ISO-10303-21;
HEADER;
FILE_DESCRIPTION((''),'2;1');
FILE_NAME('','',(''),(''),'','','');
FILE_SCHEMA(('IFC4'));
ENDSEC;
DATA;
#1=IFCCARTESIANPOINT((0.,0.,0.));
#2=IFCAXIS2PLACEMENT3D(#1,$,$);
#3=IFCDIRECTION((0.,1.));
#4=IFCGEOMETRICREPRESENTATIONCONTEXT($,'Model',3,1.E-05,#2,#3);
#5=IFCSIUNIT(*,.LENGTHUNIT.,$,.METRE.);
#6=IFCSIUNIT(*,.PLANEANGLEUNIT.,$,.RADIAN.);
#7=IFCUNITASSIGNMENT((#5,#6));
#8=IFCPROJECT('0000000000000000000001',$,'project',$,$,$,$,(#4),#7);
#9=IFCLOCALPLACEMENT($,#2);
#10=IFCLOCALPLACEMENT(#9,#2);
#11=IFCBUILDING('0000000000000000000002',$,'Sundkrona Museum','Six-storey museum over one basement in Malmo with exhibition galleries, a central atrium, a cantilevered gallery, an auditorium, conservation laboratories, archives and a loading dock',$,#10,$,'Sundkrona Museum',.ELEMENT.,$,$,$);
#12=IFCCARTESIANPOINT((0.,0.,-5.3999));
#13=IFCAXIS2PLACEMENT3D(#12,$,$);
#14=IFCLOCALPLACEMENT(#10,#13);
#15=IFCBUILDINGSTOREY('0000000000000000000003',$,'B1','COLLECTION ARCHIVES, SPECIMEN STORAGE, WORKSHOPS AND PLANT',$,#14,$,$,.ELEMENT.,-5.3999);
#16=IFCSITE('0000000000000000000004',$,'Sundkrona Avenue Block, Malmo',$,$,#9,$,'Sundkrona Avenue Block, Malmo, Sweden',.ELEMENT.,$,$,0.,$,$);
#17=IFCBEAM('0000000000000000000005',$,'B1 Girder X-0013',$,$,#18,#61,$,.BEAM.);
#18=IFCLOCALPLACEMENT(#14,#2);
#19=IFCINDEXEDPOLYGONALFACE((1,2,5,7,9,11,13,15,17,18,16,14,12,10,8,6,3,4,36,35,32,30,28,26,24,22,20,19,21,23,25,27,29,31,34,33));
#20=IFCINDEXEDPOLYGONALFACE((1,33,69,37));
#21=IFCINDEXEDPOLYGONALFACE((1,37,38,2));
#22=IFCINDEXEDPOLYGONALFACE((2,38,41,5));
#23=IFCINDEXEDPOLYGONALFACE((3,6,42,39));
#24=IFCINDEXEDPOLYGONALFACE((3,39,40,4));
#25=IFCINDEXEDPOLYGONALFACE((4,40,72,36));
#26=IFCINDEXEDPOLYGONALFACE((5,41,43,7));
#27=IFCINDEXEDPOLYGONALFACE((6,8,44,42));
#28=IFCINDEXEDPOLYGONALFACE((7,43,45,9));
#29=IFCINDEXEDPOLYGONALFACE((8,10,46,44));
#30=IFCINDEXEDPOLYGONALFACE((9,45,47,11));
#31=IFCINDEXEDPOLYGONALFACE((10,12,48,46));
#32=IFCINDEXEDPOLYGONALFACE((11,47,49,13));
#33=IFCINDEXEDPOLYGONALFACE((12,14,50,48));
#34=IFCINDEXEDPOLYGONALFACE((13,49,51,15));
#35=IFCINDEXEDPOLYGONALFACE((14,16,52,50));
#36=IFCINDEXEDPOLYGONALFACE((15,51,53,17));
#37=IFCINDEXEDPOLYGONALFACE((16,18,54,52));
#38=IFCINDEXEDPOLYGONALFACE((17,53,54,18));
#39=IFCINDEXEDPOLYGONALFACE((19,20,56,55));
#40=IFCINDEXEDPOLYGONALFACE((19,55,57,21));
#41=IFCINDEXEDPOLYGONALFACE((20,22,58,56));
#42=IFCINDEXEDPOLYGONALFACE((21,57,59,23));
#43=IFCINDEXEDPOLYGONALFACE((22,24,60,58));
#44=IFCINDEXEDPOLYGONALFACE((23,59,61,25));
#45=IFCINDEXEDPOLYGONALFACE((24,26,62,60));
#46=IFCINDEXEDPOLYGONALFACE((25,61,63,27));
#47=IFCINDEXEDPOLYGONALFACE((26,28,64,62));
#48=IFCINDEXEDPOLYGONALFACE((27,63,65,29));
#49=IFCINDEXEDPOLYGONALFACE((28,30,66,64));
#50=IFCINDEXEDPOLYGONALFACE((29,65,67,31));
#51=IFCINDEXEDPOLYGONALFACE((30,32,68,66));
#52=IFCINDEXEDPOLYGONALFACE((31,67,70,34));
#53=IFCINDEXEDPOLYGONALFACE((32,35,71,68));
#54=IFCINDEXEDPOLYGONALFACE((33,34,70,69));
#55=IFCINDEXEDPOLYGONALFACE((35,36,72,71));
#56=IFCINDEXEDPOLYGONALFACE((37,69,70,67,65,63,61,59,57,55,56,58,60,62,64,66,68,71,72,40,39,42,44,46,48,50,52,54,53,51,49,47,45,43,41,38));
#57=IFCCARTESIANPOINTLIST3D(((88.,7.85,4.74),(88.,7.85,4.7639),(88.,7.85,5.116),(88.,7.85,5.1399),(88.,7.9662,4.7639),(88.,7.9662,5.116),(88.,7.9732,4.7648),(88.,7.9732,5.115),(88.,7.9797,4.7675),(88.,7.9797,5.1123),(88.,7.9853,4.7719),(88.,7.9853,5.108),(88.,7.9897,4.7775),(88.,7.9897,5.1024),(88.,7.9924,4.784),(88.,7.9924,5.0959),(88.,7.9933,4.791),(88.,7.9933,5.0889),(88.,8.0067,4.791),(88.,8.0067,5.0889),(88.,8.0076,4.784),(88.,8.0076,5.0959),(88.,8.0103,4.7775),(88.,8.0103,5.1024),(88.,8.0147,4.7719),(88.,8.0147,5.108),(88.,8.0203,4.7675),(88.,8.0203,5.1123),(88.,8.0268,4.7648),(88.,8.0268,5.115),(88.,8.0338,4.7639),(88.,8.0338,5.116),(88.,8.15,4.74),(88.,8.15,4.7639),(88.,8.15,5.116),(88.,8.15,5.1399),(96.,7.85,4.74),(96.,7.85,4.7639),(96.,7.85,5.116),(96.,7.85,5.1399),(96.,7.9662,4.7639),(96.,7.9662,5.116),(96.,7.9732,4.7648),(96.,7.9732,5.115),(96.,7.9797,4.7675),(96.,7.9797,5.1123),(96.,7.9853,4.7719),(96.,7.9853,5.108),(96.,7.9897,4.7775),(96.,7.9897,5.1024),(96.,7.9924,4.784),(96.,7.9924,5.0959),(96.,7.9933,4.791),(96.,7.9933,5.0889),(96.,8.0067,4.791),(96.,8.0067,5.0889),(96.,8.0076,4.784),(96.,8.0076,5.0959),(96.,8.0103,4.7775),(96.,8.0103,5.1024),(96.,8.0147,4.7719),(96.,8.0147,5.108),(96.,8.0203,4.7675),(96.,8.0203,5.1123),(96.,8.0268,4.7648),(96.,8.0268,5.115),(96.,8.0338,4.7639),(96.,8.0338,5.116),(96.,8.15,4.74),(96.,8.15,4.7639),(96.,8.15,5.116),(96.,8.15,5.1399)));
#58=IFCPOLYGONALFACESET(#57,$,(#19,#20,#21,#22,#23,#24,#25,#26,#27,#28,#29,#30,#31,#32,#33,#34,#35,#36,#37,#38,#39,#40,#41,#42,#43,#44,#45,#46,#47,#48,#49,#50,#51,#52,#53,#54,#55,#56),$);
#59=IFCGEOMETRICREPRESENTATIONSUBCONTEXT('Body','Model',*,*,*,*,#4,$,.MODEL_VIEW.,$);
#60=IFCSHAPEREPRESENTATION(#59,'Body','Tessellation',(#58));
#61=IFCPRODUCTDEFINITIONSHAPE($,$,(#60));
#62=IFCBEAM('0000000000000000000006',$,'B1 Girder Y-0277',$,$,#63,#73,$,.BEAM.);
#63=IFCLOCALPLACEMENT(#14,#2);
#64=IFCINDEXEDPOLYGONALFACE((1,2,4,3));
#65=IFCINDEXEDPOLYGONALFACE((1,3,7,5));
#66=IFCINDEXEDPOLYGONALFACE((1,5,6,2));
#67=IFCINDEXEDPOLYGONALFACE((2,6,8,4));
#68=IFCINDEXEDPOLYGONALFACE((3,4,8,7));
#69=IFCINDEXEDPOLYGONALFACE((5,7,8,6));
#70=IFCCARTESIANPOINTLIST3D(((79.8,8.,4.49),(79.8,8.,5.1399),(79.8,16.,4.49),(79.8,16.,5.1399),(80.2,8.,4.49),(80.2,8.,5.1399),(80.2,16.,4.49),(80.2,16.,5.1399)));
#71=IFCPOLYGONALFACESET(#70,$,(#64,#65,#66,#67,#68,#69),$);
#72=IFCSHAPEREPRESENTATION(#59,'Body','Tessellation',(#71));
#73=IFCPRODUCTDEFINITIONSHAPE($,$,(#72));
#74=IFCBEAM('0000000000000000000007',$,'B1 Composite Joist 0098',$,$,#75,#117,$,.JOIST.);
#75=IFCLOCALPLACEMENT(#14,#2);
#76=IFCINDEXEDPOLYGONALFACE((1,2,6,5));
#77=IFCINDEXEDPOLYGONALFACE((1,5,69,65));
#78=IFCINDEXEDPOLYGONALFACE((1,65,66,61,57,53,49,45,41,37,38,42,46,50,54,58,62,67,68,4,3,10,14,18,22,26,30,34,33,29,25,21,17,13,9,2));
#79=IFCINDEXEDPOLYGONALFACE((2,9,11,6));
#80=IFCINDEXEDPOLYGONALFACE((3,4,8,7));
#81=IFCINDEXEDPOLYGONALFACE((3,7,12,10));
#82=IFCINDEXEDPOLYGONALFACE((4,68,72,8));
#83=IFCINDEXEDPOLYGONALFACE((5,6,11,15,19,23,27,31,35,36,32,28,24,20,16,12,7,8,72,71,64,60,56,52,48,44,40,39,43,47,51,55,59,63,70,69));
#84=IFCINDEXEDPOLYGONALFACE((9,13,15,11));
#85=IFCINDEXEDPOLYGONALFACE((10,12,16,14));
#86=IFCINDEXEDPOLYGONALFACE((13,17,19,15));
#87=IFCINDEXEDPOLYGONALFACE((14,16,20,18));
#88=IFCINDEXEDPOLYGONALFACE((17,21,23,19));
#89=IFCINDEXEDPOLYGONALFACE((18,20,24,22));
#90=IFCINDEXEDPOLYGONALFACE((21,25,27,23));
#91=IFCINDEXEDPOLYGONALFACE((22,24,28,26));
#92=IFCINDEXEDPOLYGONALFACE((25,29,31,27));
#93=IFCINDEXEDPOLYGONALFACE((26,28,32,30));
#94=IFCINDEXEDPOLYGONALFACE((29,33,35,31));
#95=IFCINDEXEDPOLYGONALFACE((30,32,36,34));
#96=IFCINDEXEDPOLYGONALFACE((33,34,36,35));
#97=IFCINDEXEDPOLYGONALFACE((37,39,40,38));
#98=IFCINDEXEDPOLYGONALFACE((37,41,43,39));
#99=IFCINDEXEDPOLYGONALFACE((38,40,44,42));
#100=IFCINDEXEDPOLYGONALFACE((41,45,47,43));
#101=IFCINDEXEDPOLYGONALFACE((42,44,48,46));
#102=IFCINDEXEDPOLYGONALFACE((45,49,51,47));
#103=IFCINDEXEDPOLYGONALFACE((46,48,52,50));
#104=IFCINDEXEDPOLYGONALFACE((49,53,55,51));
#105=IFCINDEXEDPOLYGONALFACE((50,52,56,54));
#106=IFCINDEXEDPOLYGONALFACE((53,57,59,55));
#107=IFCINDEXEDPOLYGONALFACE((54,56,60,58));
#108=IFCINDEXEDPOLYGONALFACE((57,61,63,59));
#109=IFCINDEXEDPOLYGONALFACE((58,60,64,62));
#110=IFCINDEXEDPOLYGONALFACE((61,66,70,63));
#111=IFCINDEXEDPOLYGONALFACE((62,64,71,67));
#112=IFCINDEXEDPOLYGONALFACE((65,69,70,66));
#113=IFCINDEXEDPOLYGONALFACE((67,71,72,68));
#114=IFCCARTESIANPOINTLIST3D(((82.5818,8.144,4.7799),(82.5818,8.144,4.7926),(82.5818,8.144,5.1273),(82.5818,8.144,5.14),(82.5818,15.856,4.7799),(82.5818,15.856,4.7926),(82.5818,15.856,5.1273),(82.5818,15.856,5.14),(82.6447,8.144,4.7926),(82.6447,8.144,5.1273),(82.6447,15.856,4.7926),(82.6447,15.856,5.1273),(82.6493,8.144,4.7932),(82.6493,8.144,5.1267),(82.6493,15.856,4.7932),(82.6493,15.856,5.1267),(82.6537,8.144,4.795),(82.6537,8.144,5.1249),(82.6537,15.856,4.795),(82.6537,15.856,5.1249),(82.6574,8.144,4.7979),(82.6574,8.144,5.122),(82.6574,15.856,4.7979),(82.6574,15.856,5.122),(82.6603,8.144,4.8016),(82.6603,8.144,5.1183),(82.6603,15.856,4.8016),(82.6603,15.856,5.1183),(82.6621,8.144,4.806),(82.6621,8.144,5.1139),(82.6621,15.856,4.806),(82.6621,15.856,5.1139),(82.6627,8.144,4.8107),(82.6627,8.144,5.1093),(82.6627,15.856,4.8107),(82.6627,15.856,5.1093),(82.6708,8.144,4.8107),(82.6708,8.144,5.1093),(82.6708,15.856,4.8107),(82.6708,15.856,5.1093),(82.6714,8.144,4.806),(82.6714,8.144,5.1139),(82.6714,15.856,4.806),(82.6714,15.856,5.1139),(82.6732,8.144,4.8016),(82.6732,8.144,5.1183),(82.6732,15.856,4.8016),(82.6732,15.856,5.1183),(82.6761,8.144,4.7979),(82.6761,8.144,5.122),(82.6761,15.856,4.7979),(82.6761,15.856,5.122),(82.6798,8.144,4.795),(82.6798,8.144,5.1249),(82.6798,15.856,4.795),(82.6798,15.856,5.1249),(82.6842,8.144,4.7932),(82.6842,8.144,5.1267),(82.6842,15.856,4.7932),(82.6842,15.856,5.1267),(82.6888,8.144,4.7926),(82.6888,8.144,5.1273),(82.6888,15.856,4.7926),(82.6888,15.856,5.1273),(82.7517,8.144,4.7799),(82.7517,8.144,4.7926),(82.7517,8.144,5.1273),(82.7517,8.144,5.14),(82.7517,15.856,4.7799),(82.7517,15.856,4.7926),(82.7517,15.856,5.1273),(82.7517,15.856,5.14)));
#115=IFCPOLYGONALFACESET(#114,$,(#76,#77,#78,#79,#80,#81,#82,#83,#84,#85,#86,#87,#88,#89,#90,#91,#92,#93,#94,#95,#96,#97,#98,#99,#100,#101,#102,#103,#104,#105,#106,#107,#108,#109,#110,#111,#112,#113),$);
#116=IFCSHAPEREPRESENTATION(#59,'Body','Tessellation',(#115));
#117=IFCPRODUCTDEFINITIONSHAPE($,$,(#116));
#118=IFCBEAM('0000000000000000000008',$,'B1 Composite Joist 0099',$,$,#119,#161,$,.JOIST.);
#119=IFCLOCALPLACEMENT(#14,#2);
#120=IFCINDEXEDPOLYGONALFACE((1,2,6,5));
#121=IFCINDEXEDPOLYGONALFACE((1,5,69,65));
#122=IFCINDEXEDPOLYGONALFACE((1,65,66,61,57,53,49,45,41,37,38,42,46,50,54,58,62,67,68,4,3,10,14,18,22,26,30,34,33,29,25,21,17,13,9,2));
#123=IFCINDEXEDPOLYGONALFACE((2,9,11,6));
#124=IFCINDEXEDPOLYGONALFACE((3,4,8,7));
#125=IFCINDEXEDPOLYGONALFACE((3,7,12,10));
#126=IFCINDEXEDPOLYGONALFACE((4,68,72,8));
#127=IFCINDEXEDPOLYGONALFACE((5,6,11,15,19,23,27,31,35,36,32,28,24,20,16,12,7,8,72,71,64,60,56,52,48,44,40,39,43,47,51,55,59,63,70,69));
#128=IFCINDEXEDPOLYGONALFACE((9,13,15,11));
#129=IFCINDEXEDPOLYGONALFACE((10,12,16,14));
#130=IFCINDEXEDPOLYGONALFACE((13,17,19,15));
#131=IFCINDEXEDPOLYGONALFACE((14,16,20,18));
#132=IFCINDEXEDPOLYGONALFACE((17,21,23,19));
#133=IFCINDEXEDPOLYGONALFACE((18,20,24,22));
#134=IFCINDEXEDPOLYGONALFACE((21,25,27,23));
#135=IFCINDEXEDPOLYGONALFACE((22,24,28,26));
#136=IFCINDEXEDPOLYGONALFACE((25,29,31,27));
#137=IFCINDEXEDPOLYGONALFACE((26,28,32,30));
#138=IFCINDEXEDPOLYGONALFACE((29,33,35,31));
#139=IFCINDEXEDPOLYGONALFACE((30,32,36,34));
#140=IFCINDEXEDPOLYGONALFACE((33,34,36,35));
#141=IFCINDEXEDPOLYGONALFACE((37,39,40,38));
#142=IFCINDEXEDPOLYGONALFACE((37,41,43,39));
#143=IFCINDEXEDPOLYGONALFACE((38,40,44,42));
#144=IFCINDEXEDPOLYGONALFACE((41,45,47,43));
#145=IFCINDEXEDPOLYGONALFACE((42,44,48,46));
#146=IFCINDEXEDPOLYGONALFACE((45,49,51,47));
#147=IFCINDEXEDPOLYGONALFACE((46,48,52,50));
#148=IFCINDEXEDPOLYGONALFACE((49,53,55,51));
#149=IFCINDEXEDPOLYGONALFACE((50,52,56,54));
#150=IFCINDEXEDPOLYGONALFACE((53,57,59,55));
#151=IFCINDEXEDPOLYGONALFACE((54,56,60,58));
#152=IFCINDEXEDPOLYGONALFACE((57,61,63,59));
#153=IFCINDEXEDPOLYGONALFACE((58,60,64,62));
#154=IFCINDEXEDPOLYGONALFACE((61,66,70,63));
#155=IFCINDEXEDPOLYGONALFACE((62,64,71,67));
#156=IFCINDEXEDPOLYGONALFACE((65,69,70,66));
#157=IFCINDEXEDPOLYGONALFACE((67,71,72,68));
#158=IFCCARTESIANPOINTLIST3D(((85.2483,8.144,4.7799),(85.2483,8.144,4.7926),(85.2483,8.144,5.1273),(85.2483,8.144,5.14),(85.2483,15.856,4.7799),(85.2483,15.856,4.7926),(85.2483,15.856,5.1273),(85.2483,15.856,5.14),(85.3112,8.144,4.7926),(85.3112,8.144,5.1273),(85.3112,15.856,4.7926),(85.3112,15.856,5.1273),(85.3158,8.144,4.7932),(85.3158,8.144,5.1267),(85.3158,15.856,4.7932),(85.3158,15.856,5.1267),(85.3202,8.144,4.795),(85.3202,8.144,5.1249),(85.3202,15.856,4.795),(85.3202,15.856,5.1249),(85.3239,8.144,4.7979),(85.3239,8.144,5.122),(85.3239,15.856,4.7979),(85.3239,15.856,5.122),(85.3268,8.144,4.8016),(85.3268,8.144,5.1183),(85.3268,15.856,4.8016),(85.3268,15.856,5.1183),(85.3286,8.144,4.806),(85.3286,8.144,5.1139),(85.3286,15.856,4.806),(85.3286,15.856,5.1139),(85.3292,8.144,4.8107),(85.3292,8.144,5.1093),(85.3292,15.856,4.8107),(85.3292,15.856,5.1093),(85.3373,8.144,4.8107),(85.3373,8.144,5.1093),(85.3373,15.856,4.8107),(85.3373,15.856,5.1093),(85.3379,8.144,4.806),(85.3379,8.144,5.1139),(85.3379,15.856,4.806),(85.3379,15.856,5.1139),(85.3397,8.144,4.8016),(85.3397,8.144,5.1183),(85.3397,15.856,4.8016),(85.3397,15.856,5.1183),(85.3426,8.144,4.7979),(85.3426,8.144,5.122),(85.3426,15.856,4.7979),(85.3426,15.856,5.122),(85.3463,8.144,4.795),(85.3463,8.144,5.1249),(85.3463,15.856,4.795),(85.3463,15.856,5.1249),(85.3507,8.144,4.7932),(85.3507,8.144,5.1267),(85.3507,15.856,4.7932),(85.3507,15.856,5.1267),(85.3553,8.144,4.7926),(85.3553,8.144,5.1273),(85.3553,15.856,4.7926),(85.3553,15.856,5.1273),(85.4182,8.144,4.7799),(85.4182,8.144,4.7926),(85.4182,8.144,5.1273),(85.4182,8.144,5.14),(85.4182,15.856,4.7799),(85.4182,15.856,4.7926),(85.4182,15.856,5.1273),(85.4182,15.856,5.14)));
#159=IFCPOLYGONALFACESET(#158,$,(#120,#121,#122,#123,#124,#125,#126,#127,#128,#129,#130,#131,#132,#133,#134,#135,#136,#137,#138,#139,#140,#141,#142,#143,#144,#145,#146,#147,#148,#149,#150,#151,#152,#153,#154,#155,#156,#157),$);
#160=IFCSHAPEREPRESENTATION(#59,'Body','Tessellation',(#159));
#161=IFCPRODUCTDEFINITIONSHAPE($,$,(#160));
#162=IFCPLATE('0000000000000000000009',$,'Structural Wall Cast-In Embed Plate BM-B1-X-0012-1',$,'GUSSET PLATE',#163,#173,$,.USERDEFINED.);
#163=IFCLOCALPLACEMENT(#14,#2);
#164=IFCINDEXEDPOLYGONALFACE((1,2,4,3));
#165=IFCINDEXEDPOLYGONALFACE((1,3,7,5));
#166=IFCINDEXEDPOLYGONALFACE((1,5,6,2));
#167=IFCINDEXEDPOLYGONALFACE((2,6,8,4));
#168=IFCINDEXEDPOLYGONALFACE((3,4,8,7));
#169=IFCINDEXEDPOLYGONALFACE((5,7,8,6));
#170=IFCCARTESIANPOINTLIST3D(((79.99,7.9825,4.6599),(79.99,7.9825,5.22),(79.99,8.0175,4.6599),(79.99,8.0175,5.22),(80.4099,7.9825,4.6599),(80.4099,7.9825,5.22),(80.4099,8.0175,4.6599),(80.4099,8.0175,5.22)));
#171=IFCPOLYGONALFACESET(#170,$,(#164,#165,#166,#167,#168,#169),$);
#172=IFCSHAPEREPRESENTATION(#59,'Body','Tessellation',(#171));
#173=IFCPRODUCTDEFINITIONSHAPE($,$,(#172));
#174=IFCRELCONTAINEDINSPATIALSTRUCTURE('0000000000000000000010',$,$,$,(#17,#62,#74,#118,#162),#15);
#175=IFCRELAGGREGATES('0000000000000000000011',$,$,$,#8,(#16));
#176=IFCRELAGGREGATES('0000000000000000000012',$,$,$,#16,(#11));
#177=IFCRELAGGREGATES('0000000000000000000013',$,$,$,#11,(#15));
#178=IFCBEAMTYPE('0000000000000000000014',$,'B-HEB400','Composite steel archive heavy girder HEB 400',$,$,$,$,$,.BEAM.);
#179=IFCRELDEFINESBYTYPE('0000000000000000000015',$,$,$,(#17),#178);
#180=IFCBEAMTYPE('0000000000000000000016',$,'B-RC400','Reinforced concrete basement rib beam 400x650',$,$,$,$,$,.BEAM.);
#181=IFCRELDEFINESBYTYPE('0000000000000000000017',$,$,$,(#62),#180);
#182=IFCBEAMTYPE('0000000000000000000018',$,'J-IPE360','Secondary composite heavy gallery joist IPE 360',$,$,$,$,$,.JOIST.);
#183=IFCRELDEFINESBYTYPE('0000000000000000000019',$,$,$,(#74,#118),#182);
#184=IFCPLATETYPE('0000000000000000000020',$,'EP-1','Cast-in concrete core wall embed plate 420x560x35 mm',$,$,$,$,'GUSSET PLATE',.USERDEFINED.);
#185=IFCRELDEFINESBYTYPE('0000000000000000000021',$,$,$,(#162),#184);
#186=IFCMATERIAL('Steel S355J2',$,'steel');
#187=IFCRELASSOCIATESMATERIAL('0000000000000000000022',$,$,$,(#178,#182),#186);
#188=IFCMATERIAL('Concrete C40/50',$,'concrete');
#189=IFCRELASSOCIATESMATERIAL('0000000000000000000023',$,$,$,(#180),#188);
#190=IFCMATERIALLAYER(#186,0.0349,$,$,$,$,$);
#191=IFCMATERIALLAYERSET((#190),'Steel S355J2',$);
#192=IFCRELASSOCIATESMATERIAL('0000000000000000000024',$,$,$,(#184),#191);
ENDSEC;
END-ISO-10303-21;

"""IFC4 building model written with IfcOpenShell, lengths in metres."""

from ifc_helpers import new_model, si_unit, direction, frame, origin, origin_2d, place, context, subcontext, project, spatial, rectangle, i_section, extrude, material, layer, layer_set, material_profile, profile_set, type_object, element, save


model = new_model("IFC4")

# Units and contexts
model_context = context("Model", 3, precision=1e-05, world=origin(), true_north=direction((0.0, 1.0)))
body_context = subcontext(model_context, "Body", "Model", "MODEL_VIEW")
ifc_project = project(units=[si_unit("LENGTHUNIT", "METRE"), si_unit("PLANEANGLEUNIT", "RADIAN")], contexts=[model_context])

# Site, building, storey
site_placement = place(None, origin())
site = spatial("IfcSite", under=ifc_project, at=site_placement, Name="Sundkrona Avenue Block, Malmo", LongName="Sundkrona Avenue Block, Malmo, Sweden", CompositionType="ELEMENT", RefElevation=0.0)
building_placement = place(site_placement, origin())
building = spatial("IfcBuilding", under=site, at=building_placement, Name="Sundkrona Museum", Description="Six-storey museum over one basement in Malmo with exhibition galleries, a central atrium, a cantilevered gallery, an auditorium, conservation laboratories, archives and a loading dock", LongName="Sundkrona Museum", CompositionType="ELEMENT")
storey_placement = place(building_placement, frame((0.0, 0.0, -5.3999)))
storey = spatial("IfcBuildingStorey", under=building, at=storey_placement, Name="B1", Description="COLLECTION ARCHIVES, SPECIMEN STORAGE, WORKSHOPS AND PLANT", CompositionType="ELEMENT", Elevation=-5.3999)

# Shared definitions
ifc_material_1 = material(Name="Concrete C40/50", Category="concrete")

# Beams
ifc_material_2 = material(Name="Steel S355J2", Category="steel")
ifc_material_profile_1 = material_profile(ifc_material_2, i_section(OverallWidth=0.3, OverallDepth=0.3999, WebThickness=0.0134, FlangeThickness=0.0239, FilletRadius=0.0271, at=origin_2d()), Name="HEB 400")
ifc_profile_set_1 = profile_set([ifc_material_profile_1], Name="Steel S355J2")
beam_type_1 = type_object("IfcBeamType", Name="B-HEB400", Description="Composite steel archive heavy girder HEB 400", PredefinedType="BEAM", material=ifc_profile_set_1)
for number, where, z_axis, x_axis, name in (
    (1, (88.0, 8.0, 4.9399), (1.0, 0.0, 0.0), (0.0, 1.0, 0.0), "B1 Girder X-0013"),
):
    element("IfcBeam", number, at=place(storey_placement, frame(where, z_axis=z_axis, x_axis=x_axis)), inside=storey, type_object=beam_type_1, Name=name, PredefinedType="BEAM", context=body_context, shape_type="SweptSolid", body=[
        extrude(i_section(OverallWidth=0.3, OverallDepth=0.3999, WebThickness=0.0134, FlangeThickness=0.0239, FilletRadius=0.0271, at=origin_2d()), origin(), (0.0, 0.0, 1.0), 8.0),
    ])
ifc_material_profile_2 = material_profile(ifc_material_1, rectangle(XDim=0.3999, YDim=0.6499, at=origin_2d()), Name="RCB 400x650")
ifc_profile_set_2 = profile_set([ifc_material_profile_2], Name="Concrete C40/50")
beam_type_2 = type_object("IfcBeamType", Name="B-RC400", Description="Reinforced concrete basement rib beam 400x650", PredefinedType="BEAM", material=ifc_profile_set_2)
beam_placement = place(storey_placement, frame((80.0, 8.0, 4.8149), z_axis=(0.0, 1.0, 0.0), x_axis=(-1.0, 0.0, 0.0)))
element("IfcBeam", 2, at=beam_placement, inside=storey, type_object=beam_type_2, Name="B1 Girder Y-0277", PredefinedType="BEAM", context=body_context, shape_type="SweptSolid", body=[
    extrude(rectangle(XDim=0.3999, YDim=0.6499, at=origin_2d()), origin(), (0.0, 0.0, 1.0), 8.0),
])
ifc_material_profile_3 = material_profile(ifc_material_2, i_section(OverallWidth=0.1699, OverallDepth=0.3601, WebThickness=0.0081, FlangeThickness=0.0127, FilletRadius=0.0181, at=origin_2d()), Name="IPE 360")
ifc_profile_set_3 = profile_set([ifc_material_profile_3], Name="Steel S355J2")
beam_type_3 = type_object("IfcBeamType", Name="J-IPE360", Description="Secondary composite heavy gallery joist IPE 360", PredefinedType="JOIST", material=ifc_profile_set_3)
for number, where, z_axis, x_axis, name in (
    (3, (82.6667, 8.144, 4.96), (0.0, 1.0, 0.0), (-1.0, 0.0, 0.0), "B1 Composite Joist 0098"),
    (4, (85.3333, 8.144, 4.96), (0.0, 1.0, 0.0), (-1.0, 0.0, 0.0), "B1 Composite Joist 0099"),
):
    element("IfcBeam", number, at=place(storey_placement, frame(where, z_axis=z_axis, x_axis=x_axis)), inside=storey, type_object=beam_type_3, Name=name, PredefinedType="JOIST", context=body_context, shape_type="SweptSolid", body=[
        extrude(i_section(OverallWidth=0.1699, OverallDepth=0.3601, WebThickness=0.0081, FlangeThickness=0.0127, FilletRadius=0.0181, at=origin_2d()), origin(), (0.0, 0.0, 1.0), 7.7119),
    ])

# Plate
ifc_layer = layer(ifc_material_2, 0.0349)
ifc_layer_set = layer_set([ifc_layer], Name="Steel S355J2")
plate_type = type_object("IfcPlateType", Name="EP-1", Description="Cast-in concrete core wall embed plate 420x560x35 mm", ElementType="GUSSET PLATE", PredefinedType="USERDEFINED", material=ifc_layer_set)
plate_placement = place(storey_placement, frame((80.2, 8.0, 4.6599), z_axis=(0.0, 0.0, 1.0), x_axis=(1.0, 0.0, 0.0)))
element("IfcPlate", 5, at=plate_placement, inside=storey, type_object=plate_type, Name="Structural Wall Cast-In Embed Plate BM-B1-X-0012-1", ObjectType="GUSSET PLATE", PredefinedType="USERDEFINED", context=body_context, shape_type="SweptSolid", body=[
    extrude(rectangle(XDim=0.4199, YDim=0.0349, at=origin_2d()), origin(), (0.0, 0.0, 1.0), 0.5601),
])

save(model, "model.ifc")
